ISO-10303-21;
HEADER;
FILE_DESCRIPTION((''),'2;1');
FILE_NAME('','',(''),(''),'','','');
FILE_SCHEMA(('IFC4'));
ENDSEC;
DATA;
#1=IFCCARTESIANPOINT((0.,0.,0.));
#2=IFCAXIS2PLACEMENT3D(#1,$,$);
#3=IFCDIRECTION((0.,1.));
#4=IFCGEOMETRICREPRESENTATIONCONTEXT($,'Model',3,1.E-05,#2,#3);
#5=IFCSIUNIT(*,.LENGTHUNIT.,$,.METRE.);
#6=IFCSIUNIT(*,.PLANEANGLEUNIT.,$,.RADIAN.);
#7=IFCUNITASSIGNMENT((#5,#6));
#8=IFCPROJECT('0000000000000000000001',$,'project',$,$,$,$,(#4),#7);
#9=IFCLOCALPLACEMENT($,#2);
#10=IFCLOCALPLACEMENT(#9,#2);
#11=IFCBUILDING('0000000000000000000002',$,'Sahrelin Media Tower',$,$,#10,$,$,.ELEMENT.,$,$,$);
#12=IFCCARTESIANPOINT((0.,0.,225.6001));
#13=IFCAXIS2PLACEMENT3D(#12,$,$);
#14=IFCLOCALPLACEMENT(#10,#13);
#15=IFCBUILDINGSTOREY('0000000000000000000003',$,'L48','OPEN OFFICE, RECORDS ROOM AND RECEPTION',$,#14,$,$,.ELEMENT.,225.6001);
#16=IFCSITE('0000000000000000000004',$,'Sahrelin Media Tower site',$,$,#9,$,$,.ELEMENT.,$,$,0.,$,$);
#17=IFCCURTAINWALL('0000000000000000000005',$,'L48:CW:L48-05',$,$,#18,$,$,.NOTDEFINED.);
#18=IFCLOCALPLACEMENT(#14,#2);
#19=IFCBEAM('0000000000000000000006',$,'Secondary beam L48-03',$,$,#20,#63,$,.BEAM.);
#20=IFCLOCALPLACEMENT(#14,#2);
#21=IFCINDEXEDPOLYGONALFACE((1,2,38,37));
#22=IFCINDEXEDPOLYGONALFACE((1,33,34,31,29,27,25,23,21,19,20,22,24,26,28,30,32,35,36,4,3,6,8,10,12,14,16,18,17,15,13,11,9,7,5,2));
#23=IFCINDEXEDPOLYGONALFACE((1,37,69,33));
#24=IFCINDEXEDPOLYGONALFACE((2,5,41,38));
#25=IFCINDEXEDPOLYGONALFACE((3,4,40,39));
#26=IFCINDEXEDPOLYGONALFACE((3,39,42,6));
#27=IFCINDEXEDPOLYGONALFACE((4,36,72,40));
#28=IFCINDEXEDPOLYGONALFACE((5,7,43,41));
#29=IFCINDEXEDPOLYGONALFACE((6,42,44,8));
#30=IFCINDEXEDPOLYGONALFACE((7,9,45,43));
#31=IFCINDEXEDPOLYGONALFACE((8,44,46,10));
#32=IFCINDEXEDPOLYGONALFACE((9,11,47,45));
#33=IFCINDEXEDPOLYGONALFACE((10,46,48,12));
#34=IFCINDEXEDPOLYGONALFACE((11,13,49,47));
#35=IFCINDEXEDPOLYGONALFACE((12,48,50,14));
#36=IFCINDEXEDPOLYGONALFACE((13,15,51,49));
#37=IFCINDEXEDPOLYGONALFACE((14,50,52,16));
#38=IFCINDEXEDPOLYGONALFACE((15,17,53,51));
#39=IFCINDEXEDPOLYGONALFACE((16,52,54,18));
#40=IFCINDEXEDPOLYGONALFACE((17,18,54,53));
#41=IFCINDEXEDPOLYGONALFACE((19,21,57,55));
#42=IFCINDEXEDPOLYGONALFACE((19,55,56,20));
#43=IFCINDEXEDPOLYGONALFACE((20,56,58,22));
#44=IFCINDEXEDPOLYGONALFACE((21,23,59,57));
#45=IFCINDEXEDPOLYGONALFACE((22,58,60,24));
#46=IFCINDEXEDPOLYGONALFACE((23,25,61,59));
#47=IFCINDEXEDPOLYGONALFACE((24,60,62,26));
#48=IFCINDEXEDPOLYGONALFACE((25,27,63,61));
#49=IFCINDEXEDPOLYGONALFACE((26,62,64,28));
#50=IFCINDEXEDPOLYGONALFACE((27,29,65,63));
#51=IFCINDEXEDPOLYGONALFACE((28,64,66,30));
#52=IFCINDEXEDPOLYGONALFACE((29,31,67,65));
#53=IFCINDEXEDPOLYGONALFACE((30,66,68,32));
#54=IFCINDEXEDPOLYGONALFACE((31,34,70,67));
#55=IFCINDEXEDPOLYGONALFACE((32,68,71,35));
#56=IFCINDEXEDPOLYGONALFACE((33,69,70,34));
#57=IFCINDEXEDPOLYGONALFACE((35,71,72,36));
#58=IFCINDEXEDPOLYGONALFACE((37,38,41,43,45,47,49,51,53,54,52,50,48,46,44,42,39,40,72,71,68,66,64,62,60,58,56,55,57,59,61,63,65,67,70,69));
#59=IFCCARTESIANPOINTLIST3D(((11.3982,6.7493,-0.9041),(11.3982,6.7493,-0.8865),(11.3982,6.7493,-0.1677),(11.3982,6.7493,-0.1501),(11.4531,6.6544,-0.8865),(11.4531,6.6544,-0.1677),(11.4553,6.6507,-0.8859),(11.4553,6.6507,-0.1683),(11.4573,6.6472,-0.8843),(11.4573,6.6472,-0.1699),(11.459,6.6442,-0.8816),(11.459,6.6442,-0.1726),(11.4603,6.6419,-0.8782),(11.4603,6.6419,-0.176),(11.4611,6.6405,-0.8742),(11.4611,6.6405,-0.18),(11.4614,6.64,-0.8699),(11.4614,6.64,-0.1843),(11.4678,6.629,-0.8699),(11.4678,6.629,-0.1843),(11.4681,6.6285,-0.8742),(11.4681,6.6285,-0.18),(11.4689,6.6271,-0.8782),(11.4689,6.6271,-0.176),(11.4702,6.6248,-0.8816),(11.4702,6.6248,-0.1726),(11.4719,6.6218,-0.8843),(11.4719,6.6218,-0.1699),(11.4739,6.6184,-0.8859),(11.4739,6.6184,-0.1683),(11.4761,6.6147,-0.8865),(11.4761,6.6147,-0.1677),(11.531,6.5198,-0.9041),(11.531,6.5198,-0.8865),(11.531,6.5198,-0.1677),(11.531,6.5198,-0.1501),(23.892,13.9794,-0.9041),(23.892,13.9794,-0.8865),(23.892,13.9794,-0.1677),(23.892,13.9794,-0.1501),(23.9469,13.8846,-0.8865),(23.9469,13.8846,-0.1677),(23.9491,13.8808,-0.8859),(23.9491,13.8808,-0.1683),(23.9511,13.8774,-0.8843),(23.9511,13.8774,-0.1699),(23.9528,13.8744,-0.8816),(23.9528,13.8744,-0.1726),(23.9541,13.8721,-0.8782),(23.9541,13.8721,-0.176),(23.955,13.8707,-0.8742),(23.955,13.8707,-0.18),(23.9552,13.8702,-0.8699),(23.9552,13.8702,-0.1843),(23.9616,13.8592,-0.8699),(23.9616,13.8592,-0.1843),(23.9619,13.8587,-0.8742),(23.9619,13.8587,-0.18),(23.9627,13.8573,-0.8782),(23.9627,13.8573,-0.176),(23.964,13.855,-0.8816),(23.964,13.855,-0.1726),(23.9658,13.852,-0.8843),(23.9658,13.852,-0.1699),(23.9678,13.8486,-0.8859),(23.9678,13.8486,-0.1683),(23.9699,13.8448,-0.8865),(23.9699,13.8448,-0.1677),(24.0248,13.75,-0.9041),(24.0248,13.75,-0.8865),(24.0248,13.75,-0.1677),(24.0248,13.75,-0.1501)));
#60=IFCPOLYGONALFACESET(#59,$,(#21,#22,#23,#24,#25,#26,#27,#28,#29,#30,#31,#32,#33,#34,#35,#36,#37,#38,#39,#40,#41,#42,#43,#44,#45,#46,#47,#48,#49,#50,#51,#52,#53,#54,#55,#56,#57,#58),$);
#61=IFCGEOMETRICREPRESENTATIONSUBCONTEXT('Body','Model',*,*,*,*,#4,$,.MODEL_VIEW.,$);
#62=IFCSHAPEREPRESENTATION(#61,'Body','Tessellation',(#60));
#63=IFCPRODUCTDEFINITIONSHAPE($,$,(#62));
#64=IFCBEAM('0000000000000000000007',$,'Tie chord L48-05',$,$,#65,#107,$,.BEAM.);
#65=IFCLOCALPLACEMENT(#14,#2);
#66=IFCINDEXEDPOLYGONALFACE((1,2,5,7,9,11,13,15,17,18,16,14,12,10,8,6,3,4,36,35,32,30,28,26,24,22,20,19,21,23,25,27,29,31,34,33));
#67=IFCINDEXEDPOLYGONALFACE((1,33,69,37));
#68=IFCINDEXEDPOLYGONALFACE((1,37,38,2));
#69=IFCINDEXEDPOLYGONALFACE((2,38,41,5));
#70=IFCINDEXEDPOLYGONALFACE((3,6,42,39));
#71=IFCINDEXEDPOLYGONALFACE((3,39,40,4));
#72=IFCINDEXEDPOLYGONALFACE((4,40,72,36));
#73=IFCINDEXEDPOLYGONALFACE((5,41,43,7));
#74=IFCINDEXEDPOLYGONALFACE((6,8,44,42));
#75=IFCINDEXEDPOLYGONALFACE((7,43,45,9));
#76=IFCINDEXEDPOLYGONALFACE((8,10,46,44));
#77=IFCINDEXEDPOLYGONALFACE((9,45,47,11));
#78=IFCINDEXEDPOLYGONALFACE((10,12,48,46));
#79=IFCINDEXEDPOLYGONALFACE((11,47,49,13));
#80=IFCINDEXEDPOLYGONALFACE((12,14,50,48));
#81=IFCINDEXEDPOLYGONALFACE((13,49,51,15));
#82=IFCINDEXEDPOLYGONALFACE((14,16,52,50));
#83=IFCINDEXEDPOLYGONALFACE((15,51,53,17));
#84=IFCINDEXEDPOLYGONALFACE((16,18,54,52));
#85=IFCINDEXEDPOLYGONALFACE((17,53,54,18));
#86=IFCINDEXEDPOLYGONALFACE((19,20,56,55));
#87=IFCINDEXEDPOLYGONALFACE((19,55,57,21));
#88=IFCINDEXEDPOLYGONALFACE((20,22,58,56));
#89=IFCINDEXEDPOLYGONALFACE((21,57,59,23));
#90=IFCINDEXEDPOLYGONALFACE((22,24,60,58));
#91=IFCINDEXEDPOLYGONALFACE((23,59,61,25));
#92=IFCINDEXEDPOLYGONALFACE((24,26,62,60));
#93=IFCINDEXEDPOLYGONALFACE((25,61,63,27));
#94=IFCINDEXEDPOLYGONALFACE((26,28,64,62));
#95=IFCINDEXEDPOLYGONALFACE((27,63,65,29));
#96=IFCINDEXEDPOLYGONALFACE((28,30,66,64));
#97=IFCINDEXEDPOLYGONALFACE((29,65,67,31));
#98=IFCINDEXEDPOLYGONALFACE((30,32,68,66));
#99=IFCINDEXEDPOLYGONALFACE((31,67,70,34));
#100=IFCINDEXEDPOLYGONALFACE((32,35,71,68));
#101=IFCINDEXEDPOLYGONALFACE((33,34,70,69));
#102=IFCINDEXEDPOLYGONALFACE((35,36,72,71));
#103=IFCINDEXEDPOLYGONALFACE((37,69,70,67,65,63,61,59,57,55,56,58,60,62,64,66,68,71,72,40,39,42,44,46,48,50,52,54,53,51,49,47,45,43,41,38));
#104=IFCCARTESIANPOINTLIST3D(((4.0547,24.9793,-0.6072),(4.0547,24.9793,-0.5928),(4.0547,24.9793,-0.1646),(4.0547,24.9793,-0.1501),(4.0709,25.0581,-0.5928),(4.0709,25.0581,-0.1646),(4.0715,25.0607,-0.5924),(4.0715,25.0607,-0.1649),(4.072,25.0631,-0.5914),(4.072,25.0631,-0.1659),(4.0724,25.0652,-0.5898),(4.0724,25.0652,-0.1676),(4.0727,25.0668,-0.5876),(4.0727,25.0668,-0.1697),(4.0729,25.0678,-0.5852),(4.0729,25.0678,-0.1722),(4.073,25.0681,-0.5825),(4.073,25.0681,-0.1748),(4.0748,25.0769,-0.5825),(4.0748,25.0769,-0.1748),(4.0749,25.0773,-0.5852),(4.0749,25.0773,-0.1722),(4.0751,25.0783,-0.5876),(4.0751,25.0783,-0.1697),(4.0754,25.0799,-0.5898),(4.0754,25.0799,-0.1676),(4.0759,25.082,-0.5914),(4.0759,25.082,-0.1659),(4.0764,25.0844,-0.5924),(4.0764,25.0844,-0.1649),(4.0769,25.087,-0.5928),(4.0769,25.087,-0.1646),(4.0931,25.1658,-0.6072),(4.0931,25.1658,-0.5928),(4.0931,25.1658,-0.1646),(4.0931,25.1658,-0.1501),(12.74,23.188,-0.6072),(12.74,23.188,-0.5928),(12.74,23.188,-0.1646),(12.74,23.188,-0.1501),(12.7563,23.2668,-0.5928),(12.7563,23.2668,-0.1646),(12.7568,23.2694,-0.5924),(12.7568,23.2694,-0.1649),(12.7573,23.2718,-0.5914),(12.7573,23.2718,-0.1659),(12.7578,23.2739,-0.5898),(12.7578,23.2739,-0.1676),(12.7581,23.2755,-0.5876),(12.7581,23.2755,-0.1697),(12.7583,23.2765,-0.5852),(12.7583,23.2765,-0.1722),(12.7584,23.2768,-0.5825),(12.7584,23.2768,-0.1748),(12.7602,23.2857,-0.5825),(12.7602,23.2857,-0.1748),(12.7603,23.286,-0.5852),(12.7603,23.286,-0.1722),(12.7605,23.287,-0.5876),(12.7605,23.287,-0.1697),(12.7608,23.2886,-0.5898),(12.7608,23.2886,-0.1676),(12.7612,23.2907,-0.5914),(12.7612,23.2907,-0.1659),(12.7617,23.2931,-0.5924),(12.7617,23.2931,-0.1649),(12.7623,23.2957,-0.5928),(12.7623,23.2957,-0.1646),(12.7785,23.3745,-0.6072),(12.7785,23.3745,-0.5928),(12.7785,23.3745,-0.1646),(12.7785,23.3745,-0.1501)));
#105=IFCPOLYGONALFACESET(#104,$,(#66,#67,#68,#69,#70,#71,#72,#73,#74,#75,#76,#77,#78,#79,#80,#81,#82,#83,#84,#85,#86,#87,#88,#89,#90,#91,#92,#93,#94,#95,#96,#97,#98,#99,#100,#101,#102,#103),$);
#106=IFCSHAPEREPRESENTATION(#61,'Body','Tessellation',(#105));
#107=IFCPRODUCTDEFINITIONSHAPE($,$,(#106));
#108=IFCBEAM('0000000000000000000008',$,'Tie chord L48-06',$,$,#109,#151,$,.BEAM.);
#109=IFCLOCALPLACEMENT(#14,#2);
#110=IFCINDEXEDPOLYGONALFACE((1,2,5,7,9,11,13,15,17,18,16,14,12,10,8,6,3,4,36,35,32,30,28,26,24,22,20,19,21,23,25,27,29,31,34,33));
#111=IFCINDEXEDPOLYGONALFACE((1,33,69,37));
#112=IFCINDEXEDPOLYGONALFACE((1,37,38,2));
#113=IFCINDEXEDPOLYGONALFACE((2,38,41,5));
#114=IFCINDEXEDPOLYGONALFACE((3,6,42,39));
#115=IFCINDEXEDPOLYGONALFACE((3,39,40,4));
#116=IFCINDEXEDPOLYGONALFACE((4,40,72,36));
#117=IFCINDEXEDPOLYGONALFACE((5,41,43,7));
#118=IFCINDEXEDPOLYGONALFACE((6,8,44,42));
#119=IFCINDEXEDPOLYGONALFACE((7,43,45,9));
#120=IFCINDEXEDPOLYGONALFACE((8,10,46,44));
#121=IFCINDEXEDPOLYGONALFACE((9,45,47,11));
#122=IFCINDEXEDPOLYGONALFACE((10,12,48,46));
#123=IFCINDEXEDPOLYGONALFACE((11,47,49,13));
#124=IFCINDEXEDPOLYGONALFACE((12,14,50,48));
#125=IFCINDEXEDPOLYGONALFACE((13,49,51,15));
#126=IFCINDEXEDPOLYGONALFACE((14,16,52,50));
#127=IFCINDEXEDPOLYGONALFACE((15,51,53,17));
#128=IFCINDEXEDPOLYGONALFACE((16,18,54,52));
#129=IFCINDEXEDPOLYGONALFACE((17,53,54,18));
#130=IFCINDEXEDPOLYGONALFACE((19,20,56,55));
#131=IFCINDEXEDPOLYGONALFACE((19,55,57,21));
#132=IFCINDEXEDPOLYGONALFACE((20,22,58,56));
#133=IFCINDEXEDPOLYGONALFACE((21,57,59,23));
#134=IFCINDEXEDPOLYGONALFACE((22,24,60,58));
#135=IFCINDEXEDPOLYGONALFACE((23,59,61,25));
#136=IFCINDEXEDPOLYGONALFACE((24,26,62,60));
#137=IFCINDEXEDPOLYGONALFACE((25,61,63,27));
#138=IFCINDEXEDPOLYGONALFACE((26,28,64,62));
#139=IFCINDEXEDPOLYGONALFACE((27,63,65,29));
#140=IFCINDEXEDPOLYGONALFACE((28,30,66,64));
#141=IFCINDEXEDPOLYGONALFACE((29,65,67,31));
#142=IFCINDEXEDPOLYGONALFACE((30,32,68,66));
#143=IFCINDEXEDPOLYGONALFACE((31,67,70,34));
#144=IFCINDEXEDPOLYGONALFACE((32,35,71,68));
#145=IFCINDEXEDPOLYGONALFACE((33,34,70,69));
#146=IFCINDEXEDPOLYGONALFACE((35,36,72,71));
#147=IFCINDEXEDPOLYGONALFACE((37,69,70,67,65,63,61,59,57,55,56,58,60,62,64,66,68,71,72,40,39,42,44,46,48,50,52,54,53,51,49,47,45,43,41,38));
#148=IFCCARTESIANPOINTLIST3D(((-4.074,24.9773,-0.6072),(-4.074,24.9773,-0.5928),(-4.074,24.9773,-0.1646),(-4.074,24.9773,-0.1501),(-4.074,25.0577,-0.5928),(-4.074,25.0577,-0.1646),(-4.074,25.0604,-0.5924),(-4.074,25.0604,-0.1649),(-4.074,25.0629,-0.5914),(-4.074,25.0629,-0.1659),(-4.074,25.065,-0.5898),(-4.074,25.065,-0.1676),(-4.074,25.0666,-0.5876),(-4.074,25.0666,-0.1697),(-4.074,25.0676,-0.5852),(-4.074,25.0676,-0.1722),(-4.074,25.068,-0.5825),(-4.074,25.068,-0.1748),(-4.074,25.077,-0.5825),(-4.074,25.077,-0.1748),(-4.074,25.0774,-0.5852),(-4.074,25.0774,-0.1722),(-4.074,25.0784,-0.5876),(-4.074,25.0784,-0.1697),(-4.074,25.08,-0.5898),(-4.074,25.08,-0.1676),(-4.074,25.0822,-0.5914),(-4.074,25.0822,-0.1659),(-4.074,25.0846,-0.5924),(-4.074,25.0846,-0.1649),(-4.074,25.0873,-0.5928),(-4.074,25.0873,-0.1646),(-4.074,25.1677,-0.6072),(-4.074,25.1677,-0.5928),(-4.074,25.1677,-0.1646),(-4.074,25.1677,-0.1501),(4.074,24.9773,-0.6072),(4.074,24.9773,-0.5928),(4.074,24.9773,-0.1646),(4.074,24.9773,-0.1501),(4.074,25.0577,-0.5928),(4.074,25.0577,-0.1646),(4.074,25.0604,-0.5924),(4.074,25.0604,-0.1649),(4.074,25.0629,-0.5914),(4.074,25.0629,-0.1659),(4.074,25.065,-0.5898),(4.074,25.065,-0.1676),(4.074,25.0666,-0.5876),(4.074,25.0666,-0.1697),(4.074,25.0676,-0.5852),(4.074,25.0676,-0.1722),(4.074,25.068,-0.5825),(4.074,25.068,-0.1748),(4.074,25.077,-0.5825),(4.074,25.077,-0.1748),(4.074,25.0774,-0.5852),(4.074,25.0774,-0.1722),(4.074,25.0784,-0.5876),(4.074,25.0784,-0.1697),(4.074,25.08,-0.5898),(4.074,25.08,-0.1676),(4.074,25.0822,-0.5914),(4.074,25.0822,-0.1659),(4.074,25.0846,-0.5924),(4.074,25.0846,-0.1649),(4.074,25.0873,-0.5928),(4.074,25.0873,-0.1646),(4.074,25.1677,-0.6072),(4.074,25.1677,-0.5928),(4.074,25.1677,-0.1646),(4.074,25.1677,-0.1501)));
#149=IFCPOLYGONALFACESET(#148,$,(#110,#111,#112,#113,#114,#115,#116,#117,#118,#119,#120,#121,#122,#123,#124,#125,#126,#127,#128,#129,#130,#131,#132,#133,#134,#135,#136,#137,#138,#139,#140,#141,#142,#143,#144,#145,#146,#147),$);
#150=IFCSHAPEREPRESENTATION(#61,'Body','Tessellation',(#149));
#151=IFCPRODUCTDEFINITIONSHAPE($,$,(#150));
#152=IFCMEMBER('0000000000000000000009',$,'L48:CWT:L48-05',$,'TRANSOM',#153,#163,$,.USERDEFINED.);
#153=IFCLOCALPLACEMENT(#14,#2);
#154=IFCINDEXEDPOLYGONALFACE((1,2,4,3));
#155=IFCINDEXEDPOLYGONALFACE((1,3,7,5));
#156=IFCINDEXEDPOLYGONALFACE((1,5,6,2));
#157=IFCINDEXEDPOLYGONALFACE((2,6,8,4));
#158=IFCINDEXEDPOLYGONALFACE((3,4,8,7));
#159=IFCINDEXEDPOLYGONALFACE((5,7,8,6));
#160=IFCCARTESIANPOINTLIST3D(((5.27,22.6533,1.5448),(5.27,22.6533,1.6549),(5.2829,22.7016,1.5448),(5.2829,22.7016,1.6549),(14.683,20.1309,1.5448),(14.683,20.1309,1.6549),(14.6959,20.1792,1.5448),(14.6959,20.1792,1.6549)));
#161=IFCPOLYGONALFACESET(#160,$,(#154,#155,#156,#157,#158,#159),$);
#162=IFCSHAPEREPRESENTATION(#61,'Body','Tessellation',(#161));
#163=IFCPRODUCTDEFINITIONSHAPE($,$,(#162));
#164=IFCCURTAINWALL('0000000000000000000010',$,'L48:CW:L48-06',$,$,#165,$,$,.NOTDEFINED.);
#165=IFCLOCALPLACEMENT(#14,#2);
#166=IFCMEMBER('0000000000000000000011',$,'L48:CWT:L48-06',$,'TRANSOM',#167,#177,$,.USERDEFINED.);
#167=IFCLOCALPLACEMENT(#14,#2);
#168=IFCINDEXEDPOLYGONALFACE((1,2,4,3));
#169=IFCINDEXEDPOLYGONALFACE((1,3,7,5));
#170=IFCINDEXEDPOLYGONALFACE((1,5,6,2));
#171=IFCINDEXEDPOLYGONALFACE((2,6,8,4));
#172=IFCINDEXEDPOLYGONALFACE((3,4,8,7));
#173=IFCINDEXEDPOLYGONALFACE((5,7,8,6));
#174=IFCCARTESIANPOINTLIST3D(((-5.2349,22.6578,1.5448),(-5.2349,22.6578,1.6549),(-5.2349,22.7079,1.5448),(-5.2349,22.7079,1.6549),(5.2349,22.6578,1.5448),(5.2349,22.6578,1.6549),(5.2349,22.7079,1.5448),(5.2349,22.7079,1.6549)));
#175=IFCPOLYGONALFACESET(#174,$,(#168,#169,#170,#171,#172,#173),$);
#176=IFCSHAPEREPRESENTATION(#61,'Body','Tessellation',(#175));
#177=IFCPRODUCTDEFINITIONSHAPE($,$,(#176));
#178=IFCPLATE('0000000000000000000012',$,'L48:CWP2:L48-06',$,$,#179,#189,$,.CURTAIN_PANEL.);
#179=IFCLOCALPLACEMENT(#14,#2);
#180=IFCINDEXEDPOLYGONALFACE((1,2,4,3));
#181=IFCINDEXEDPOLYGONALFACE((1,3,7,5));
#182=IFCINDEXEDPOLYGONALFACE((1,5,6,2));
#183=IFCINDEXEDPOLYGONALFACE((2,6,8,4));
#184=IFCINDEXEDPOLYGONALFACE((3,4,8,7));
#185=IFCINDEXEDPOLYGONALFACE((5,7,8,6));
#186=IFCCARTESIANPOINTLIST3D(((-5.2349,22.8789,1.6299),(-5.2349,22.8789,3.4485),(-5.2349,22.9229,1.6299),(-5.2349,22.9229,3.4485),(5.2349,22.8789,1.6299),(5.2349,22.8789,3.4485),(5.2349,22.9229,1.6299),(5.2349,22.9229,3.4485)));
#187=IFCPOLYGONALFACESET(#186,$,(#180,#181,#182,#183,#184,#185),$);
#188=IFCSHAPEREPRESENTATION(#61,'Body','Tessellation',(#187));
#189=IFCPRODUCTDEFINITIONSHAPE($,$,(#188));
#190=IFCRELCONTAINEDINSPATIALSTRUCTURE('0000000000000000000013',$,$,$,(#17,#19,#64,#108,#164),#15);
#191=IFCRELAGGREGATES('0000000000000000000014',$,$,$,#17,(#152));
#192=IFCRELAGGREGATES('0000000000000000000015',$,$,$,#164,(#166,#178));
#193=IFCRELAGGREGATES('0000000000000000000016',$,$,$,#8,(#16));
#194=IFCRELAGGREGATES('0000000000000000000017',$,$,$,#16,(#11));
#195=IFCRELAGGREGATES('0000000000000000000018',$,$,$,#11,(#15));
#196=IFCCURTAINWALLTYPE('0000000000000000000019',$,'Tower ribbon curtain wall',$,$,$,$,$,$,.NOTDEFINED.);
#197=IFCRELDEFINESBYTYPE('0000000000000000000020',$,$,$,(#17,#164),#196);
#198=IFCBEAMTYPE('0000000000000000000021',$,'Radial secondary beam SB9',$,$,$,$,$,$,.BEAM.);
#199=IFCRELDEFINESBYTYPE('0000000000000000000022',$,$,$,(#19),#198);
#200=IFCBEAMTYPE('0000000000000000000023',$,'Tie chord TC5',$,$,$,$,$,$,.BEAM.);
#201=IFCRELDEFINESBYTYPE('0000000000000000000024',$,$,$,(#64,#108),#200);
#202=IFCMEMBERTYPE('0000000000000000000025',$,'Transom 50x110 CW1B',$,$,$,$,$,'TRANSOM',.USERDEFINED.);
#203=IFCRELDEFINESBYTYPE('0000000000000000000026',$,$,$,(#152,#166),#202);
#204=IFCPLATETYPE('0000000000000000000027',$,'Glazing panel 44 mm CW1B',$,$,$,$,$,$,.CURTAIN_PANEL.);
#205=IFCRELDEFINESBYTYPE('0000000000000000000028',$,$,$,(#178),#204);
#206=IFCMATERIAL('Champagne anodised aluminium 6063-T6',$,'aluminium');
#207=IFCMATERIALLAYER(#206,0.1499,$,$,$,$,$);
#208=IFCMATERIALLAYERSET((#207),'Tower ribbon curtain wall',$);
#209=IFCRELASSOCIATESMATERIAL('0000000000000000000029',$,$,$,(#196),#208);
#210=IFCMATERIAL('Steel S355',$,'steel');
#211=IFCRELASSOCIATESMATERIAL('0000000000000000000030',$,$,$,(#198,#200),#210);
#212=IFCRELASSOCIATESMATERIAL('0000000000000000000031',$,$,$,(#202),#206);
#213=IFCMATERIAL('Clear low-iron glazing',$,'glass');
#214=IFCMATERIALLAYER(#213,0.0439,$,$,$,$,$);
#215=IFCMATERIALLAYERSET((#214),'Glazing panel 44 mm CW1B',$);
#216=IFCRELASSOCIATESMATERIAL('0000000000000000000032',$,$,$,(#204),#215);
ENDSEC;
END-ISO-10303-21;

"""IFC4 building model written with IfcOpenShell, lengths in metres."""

from ifc_helpers import new_model, si_unit, direction, frame, origin, origin_2d, place, context, subcontext, project, spatial, polyline, rectangle, i_section, outline, extrude, material, layer, layer_set, material_profile, profile_set, type_object, element, aggregate, save


model = new_model("IFC4")

# Units and contexts
model_context = context("Model", 3, precision=1e-05, world=origin(), true_north=direction((0.0, 1.0)))
body_context = subcontext(model_context, "Body", "Model", "MODEL_VIEW")
ifc_project = project(units=[si_unit("LENGTHUNIT", "METRE"), si_unit("PLANEANGLEUNIT", "RADIAN")], contexts=[model_context])

# Site, building, storey
site_placement = place(None, origin())
site = spatial("IfcSite", under=ifc_project, at=site_placement, Name="Sahrelin Media Tower site", CompositionType="ELEMENT", RefElevation=0.0)
building_placement = place(site_placement, origin())
building = spatial("IfcBuilding", under=site, at=building_placement, Name="Sahrelin Media Tower", CompositionType="ELEMENT")
storey_placement = place(building_placement, frame((0.0, 0.0, 225.6001)))
storey = spatial("IfcBuildingStorey", under=building, at=storey_placement, Name="L48", Description="OPEN OFFICE, RECORDS ROOM AND RECEPTION", CompositionType="ELEMENT", Elevation=225.6001)

# Shared definitions
ifc_material_1 = material(Name="Steel S355", Category="steel")

# Curtain wall
ifc_material_2 = material(Name="Champagne anodised aluminium 6063-T6", Category="aluminium")
ifc_layer_1 = layer(ifc_material_2, 0.1499)
ifc_layer_set_1 = layer_set([ifc_layer_1], Name="Tower ribbon curtain wall")
curtain_wall_type = type_object("IfcCurtainWallType", Name="Tower ribbon curtain wall", PredefinedType="NOTDEFINED", material=ifc_layer_set_1)
curtain_wall_1_placement = place(storey_placement, frame((10.0398, 21.6289, 0.0), z_axis=(0.0, 0.0, 1.0), x_axis=(1.0, 0.0, 0.0)))
curtain_wall_1 = element("IfcCurtainWall", 1, at=curtain_wall_1_placement, inside=storey, type_object=curtain_wall_type, Name="L48:CW:L48-05", PredefinedType="NOTDEFINED")

# Beams
ifc_material_profile_1 = material_profile(ifc_material_1, i_section(OverallWidth=0.2651, OverallDepth=0.7539, WebThickness=0.0127, FlangeThickness=0.0176, FilletRadius=0.0166, at=origin_2d()), Name="UB 762x267x147")
ifc_profile_set_1 = profile_set([ifc_material_profile_1], Name="Steel S355")
beam_type_1 = type_object("IfcBeamType", Name="Radial secondary beam SB9", PredefinedType="BEAM", material=ifc_profile_set_1)
beam_1_placement = place(storey_placement, frame((11.4646, 6.6345, -0.5271), z_axis=(0.865519, 0.500876, 0.0), x_axis=(-0.500876, 0.865519, 0.0)))
element("IfcBeam", 2, at=beam_1_placement, inside=storey, type_object=beam_type_1, Name="Secondary beam L48-03", PredefinedType="BEAM", context=body_context, shape_type="SweptSolid", body=[
    extrude(i_section(OverallWidth=0.2651, OverallDepth=0.7539, WebThickness=0.0127, FlangeThickness=0.0176, FilletRadius=0.0166, at=origin_2d()), origin(), (0.0, 0.0, 1.0), 14.4351),
])
ifc_material_profile_2 = material_profile(ifc_material_1, i_section(OverallWidth=0.1904, OverallDepth=0.457, WebThickness=0.009, FlangeThickness=0.0144, FilletRadius=0.0103, at=origin_2d()), Name="UB 457x191x74")
ifc_profile_set_2 = profile_set([ifc_material_profile_2], Name="Steel S355")
beam_type_2 = type_object("IfcBeamType", Name="Tie chord TC5", PredefinedType="BEAM", material=ifc_profile_set_2)
beam_2_placement = place(storey_placement, frame((12.7593, 23.2812, -0.3787), z_axis=(-0.979388, 0.201989, 0.0), x_axis=(-0.201989, -0.979388, 0.0)))
element("IfcBeam", 3, at=beam_2_placement, inside=storey, type_object=beam_type_2, Name="Tie chord L48-05", PredefinedType="BEAM", context=body_context, shape_type="SweptSolid", body=[
    extrude(i_section(OverallWidth=0.1904, OverallDepth=0.457, WebThickness=0.009, FlangeThickness=0.0144, FilletRadius=0.0103, at=origin_2d()), origin(), (0.0, 0.0, 1.0), 8.8682),
])
beam_3_placement = place(storey_placement, frame((4.074, 25.0725, -0.3787), z_axis=(-1.0, 0.0, 0.0), x_axis=(0.0, -1.0, 0.0)))
element("IfcBeam", 4, at=beam_3_placement, inside=storey, type_object=beam_type_2, Name="Tie chord L48-06", PredefinedType="BEAM", context=body_context, shape_type="SweptSolid", body=[
    extrude(i_section(OverallWidth=0.1904, OverallDepth=0.457, WebThickness=0.009, FlangeThickness=0.0144, FilletRadius=0.0103, at=origin_2d()), origin(), (0.0, 0.0, 1.0), 8.1479),
])

# Member
ifc_material_profile_3 = material_profile(ifc_material_2, rectangle(XDim=0.05, YDim=0.1101, at=origin_2d()), Name="Transom 50x110")
ifc_profile_set_3 = profile_set([ifc_material_profile_3], Name="Champagne anodised aluminium 6063-T6")
member_type_1 = type_object("IfcMemberType", Name="Transom 50x110 CW1B", ElementType="TRANSOM", PredefinedType="USERDEFINED", material=ifc_profile_set_3)
member_1_placement = place(storey_placement, frame((14.6895, 20.155, 1.5999), z_axis=(-0.96592, 0.258841, 0.0), x_axis=(-0.258841, -0.96592, 0.0)))
member_1 = element("IfcMember", 5, at=member_1_placement, type_object=member_type_1, Name="L48:CWT:L48-05", ObjectType="TRANSOM", PredefinedType="USERDEFINED", context=body_context, shape_type="SweptSolid", body=[
    extrude(rectangle(XDim=0.05, YDim=0.1101, at=origin_2d()), origin(), (0.0, 0.0, 1.0), 9.7451),
])
aggregate(curtain_wall_1, [member_1])

# Curtain wall, member, plate
curtain_wall_2_placement = place(storey_placement, frame((0.0, 22.9028, 0.0), z_axis=(0.0, 0.0, 1.0), x_axis=(1.0, 0.0, 0.0)))
curtain_wall_2 = element("IfcCurtainWall", 6, at=curtain_wall_2_placement, inside=storey, type_object=curtain_wall_type, Name="L48:CW:L48-06", PredefinedType="NOTDEFINED")
member_2_placement = place(storey_placement, frame((5.2349, 22.6829, 1.5999), z_axis=(-1.0, 0.0, 0.0), x_axis=(0.0, -1.0, 0.0)))
member_2 = element("IfcMember", 7, at=member_2_placement, type_object=member_type_1, Name="L48:CWT:L48-06", ObjectType="TRANSOM", PredefinedType="USERDEFINED", context=body_context, shape_type="SweptSolid", body=[
    extrude(rectangle(XDim=0.05, YDim=0.1101, at=origin_2d()), origin(), (0.0, 0.0, 1.0), 10.4697),
])
ifc_material_3 = material(Name="Clear low-iron glazing", Category="glass")
ifc_layer_2 = layer(ifc_material_3, 0.0439)
ifc_layer_set_2 = layer_set([ifc_layer_2], Name="Glazing panel 44 mm CW1B")
plate_type_1 = type_object("IfcPlateType", Name="Glazing panel 44 mm CW1B", PredefinedType="CURTAIN_PANEL", material=ifc_layer_set_2)
plate_1_placement = place(storey_placement, frame((5.2349, 22.9229, 1.6299), z_axis=(0.0, 1.0, 0.0), x_axis=(-1.0, 0.0, 0.0)))
plate_1 = element("IfcPlate", 8, at=plate_1_placement, type_object=plate_type_1, Name="L48:CWP2:L48-06", PredefinedType="CURTAIN_PANEL", context=body_context, shape_type="SweptSolid", body=[
    extrude(outline(polyline([(0.0, 0.0), (10.4697, 0.0), (10.4697, 1.8186), (0.0, 1.8186), (0.0, 0.0)])), origin(), (0.0, 0.0, -1.0), 0.0439),
])
aggregate(curtain_wall_2, [member_2, plate_1])

save(model, "model.ifc")
